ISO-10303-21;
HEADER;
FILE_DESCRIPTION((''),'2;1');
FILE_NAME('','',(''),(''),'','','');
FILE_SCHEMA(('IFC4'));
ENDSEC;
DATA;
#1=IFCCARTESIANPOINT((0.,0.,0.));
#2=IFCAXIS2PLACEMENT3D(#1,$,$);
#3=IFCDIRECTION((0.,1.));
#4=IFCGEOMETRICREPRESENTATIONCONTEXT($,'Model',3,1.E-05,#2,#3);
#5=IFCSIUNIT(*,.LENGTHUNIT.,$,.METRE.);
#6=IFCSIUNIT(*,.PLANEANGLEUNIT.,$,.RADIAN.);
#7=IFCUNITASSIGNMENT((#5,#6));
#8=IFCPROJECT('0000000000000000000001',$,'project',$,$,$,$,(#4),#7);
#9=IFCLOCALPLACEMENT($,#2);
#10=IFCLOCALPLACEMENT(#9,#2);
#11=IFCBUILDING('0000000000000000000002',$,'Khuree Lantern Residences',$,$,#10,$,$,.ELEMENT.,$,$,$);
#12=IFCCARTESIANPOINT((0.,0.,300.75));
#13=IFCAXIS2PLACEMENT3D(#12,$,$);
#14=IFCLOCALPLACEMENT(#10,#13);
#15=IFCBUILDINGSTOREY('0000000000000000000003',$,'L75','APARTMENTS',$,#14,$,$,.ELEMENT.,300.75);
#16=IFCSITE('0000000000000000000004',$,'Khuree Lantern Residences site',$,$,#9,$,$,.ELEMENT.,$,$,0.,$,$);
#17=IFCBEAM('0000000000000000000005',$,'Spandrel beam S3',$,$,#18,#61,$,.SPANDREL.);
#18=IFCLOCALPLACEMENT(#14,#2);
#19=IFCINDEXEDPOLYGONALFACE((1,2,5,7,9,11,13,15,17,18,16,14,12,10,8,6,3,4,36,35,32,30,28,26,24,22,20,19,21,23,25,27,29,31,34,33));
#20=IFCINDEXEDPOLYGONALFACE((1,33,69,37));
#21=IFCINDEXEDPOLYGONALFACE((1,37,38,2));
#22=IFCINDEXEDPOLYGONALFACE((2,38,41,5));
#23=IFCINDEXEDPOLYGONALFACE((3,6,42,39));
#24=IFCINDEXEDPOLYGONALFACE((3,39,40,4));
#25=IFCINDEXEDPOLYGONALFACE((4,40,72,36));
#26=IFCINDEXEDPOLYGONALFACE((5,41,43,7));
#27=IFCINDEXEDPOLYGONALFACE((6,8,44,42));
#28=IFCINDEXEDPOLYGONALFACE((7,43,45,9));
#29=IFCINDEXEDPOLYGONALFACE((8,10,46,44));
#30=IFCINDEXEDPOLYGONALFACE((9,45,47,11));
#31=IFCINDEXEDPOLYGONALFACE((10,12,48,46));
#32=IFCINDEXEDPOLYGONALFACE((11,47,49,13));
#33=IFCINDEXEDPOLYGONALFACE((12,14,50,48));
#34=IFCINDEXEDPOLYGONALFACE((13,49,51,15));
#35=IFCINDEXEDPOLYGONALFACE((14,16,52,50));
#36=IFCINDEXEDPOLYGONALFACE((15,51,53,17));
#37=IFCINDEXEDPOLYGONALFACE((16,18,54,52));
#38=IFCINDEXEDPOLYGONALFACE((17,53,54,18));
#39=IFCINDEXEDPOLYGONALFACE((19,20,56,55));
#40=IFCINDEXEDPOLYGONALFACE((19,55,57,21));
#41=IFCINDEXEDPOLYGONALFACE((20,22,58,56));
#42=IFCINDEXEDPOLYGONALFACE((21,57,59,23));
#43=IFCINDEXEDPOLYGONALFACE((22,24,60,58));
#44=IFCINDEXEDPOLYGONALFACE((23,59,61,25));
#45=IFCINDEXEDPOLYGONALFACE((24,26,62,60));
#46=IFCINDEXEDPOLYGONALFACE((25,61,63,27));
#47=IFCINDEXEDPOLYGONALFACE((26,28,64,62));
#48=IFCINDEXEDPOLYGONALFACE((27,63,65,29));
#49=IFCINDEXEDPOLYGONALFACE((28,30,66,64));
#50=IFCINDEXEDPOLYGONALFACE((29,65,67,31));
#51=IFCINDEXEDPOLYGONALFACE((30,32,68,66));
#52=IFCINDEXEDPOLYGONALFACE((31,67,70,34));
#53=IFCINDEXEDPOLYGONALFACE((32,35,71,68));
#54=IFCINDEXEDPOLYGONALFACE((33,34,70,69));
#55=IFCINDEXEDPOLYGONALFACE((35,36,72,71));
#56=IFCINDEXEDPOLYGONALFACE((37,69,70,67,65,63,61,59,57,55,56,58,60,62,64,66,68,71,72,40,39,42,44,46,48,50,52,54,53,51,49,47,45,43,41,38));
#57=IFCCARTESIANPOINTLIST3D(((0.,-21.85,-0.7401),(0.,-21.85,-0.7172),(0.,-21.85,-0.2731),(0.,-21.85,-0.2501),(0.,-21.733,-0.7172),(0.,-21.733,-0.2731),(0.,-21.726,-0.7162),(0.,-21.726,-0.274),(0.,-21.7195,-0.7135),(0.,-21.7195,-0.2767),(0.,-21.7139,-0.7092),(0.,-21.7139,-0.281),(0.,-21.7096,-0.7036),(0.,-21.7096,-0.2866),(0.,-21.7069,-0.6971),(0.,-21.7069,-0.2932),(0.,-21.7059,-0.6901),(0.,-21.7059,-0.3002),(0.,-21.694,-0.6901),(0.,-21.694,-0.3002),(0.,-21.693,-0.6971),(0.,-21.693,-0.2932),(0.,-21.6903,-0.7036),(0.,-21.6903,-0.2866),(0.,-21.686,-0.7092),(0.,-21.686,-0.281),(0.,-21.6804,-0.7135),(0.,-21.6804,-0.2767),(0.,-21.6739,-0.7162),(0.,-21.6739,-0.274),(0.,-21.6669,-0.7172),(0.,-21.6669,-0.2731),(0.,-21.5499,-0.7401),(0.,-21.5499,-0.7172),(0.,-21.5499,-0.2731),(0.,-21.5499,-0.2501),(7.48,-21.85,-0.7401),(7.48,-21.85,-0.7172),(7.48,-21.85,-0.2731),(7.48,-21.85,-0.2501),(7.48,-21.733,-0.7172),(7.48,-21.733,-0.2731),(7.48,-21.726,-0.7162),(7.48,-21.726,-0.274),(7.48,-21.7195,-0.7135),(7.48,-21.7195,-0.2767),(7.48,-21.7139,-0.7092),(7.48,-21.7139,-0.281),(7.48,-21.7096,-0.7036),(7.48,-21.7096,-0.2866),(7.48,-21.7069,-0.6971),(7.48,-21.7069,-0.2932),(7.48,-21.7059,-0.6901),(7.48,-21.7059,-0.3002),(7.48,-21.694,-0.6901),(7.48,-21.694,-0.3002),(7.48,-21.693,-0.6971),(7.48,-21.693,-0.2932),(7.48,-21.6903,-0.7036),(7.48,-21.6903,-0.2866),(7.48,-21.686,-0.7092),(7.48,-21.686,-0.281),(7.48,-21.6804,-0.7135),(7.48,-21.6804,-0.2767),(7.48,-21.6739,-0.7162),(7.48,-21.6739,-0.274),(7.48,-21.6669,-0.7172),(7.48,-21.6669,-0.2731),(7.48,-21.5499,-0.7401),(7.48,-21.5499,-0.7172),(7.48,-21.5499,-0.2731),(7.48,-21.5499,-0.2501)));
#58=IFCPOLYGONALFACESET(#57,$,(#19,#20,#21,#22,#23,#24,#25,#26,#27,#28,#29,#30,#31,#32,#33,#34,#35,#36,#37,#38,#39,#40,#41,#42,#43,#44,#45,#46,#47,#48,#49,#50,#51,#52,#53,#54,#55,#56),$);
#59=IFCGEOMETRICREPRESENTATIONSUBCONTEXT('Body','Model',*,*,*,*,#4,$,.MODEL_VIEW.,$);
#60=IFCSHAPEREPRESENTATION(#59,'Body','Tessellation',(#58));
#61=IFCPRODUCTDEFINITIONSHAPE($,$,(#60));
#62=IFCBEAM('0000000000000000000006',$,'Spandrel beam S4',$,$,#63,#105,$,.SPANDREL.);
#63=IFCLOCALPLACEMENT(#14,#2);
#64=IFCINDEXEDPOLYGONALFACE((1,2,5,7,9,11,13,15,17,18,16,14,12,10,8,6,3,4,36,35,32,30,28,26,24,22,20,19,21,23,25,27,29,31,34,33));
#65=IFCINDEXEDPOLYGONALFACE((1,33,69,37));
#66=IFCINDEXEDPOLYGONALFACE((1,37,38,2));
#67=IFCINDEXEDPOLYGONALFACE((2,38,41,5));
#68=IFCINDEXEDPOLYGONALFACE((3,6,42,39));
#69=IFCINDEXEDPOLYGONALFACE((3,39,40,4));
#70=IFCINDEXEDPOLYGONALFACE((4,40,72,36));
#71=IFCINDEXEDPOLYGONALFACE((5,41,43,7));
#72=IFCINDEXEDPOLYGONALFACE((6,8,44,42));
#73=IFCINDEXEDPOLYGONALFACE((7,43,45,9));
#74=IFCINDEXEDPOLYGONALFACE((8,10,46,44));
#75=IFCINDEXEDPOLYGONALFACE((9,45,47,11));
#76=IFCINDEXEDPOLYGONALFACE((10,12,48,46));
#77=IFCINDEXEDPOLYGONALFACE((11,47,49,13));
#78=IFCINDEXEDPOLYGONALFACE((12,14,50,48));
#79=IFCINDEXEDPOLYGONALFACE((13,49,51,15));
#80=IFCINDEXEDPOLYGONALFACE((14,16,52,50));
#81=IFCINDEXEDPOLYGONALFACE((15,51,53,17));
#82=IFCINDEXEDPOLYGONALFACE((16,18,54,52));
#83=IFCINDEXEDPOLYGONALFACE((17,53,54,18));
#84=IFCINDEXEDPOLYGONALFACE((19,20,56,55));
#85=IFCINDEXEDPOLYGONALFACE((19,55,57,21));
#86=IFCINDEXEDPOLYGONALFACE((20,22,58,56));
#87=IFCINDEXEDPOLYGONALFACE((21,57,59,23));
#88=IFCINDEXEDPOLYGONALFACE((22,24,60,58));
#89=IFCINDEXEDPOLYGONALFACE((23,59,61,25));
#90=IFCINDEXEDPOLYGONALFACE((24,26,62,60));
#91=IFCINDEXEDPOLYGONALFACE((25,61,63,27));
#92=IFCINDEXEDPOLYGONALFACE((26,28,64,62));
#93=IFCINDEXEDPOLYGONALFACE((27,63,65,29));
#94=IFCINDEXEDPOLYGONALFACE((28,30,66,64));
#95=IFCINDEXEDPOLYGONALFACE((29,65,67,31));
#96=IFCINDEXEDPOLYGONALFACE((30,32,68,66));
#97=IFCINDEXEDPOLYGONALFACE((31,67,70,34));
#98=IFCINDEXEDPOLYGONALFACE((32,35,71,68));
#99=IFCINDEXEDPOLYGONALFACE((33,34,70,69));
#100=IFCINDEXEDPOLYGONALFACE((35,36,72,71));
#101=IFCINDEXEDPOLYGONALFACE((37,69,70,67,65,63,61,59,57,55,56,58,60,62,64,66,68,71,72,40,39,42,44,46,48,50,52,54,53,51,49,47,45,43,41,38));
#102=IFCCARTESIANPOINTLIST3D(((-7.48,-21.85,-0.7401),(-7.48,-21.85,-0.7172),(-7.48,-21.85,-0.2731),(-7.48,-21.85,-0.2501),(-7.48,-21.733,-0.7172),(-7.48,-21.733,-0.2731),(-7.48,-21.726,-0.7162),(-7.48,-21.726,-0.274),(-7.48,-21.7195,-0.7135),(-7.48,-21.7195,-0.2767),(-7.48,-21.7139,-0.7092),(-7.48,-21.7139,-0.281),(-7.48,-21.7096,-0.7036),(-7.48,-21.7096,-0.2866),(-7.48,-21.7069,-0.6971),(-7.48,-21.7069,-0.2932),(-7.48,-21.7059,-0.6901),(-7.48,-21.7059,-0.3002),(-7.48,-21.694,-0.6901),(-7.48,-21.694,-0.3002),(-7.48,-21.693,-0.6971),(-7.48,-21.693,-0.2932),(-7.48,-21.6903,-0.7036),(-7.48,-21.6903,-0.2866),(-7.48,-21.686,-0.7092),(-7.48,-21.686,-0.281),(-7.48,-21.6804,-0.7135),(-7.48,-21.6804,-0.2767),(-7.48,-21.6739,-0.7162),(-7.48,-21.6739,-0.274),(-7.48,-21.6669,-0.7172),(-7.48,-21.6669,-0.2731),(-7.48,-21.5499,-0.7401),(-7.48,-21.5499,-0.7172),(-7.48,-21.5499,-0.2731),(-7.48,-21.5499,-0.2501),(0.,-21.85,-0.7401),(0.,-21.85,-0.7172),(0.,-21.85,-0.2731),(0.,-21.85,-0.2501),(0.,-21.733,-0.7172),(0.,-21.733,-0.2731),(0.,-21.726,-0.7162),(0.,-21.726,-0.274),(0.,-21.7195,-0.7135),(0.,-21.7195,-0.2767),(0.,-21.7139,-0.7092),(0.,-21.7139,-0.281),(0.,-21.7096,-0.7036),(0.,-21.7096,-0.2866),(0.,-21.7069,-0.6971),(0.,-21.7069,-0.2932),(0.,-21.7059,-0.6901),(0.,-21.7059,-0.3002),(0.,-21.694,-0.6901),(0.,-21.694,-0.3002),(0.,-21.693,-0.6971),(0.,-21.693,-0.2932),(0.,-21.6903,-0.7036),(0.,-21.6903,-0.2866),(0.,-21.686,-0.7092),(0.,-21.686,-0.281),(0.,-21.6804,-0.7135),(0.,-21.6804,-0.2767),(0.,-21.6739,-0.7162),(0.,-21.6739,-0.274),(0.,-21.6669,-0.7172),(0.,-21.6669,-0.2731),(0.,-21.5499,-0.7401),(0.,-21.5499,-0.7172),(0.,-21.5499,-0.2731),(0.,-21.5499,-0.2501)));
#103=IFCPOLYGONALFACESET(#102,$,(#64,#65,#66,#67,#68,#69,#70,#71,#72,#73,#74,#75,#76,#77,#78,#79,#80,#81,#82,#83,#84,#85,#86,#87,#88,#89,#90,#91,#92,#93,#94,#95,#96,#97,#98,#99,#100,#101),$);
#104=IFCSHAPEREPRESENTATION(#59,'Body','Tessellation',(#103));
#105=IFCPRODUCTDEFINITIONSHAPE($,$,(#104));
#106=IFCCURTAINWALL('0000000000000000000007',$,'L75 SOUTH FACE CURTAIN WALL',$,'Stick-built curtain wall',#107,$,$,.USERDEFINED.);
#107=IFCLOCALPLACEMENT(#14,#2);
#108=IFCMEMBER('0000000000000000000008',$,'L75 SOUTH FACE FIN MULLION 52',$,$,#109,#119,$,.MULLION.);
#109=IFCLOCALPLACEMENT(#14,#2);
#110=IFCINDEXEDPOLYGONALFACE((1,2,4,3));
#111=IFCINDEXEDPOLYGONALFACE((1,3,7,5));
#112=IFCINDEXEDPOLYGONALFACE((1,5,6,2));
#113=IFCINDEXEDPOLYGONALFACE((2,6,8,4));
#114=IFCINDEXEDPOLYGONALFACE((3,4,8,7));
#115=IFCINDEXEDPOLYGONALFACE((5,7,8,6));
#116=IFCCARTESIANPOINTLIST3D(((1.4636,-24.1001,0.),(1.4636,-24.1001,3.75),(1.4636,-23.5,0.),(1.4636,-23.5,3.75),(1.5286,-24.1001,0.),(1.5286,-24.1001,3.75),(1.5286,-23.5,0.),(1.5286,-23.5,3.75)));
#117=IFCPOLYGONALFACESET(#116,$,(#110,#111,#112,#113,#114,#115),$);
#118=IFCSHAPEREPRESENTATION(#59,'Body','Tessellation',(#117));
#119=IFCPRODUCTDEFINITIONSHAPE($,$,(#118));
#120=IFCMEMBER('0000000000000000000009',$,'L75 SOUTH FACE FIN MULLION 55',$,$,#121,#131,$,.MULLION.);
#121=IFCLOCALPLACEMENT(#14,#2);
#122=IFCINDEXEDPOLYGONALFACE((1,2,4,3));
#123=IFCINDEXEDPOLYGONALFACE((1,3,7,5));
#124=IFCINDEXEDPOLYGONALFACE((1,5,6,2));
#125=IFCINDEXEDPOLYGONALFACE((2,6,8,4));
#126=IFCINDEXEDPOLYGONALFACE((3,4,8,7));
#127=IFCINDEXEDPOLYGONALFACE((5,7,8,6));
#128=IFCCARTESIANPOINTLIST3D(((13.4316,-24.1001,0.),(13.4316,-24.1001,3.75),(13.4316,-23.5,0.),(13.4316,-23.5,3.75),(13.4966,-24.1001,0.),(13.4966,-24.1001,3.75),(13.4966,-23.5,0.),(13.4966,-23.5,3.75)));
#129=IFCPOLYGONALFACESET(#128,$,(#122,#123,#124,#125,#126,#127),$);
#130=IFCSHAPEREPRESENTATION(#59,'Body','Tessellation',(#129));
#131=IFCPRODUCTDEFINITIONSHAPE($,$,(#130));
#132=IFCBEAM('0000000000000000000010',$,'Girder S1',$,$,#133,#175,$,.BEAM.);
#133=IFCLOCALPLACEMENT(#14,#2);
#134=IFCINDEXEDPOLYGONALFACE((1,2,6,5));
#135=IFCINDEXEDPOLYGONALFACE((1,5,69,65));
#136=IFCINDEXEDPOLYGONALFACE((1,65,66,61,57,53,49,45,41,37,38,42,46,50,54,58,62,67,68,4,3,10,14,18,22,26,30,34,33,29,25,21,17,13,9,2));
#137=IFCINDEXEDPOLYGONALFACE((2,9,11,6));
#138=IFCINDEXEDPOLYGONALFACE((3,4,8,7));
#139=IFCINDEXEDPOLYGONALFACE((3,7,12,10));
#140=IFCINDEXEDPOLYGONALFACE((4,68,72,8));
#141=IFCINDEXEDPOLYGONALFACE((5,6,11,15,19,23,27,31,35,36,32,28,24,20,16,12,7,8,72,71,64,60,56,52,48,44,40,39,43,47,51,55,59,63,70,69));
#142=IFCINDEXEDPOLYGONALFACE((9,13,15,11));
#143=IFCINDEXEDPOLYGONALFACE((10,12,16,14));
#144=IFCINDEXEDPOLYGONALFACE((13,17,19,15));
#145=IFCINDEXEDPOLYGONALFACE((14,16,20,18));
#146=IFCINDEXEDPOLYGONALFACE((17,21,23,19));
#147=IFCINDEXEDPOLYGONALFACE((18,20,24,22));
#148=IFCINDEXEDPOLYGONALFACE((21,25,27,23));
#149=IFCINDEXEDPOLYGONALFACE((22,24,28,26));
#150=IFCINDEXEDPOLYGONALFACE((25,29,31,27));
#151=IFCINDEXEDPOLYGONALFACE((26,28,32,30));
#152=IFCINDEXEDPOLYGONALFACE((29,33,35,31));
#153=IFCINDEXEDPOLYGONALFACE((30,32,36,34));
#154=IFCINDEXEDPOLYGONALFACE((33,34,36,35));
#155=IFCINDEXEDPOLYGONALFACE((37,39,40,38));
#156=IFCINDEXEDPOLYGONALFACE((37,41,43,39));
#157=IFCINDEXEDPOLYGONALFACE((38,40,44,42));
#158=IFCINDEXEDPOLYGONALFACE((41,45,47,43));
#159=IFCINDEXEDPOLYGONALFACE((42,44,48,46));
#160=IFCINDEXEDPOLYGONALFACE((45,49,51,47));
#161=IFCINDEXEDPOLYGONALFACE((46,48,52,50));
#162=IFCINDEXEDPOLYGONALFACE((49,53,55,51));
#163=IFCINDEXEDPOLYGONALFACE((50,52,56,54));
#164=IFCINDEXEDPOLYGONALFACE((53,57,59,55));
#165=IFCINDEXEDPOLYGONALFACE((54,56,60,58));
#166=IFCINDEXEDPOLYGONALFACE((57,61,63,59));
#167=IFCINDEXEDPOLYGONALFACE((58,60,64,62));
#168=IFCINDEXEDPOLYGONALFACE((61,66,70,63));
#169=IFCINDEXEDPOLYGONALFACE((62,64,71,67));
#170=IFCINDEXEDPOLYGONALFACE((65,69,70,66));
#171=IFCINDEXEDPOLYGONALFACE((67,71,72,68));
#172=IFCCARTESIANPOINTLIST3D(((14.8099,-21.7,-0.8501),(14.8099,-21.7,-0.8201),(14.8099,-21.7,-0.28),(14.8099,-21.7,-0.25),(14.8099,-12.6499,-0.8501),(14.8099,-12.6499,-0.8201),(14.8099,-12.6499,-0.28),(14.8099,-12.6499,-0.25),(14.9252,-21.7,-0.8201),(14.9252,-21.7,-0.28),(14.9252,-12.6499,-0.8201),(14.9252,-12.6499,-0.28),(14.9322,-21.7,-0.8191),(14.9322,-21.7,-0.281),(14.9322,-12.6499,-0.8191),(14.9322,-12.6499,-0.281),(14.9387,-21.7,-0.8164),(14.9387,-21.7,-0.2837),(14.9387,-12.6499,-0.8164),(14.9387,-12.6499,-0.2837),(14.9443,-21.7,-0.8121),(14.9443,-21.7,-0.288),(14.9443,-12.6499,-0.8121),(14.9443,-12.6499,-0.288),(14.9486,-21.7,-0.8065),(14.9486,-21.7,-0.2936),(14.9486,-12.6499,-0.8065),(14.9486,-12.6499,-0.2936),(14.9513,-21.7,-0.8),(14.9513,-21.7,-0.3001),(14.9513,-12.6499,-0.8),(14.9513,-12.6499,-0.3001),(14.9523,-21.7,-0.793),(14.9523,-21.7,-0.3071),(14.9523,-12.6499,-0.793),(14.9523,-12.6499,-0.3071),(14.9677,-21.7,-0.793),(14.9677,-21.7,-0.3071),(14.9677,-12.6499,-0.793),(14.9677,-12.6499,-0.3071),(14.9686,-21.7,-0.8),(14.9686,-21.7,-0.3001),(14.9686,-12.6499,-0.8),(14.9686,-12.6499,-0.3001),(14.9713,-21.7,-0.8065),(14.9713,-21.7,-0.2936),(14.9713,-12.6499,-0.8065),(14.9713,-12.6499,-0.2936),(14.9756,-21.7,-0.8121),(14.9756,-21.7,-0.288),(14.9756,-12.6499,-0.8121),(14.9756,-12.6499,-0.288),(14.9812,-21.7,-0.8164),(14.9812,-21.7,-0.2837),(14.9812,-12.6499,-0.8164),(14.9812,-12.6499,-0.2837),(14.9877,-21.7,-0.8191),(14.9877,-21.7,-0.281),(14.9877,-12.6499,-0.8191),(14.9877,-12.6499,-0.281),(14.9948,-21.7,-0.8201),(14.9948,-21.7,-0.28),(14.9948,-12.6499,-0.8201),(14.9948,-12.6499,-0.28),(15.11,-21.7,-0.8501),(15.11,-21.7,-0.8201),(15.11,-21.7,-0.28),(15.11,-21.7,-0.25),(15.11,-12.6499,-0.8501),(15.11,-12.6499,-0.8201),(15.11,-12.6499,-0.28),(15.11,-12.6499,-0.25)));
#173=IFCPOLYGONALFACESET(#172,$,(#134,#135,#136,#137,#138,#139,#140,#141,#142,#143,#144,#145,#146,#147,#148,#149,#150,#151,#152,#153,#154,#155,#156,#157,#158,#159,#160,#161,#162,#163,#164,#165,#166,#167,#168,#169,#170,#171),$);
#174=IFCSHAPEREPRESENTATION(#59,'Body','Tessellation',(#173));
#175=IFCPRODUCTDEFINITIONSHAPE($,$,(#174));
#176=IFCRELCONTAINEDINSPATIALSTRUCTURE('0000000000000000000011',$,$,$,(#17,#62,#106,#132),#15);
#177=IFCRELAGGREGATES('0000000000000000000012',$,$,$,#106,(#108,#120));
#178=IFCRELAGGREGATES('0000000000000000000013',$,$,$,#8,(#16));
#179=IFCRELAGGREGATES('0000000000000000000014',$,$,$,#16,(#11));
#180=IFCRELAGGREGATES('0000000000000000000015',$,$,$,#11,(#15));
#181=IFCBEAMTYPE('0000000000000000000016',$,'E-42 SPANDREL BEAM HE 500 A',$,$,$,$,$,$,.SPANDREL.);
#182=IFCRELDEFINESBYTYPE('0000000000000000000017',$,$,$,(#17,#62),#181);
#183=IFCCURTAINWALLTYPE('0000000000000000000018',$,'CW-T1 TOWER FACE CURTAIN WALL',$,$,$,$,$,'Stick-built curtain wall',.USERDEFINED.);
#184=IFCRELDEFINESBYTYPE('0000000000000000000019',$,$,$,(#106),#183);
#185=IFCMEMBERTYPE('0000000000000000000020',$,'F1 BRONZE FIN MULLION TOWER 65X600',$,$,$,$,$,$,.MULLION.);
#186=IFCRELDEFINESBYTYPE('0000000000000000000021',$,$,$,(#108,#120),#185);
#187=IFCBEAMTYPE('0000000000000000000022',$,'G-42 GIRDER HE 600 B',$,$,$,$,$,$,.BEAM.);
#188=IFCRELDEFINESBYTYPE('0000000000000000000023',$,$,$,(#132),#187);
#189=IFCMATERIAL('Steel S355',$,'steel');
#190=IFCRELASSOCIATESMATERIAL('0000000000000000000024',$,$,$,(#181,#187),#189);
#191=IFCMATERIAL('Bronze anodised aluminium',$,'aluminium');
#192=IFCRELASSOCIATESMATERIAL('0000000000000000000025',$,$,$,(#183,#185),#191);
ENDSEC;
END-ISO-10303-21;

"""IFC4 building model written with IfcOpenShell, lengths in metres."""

from ifc_helpers import new_model, si_unit, direction, frame, origin, origin_2d, place, context, subcontext, project, spatial, rectangle, i_section, extrude, material, material_profile, profile_set, type_object, element, aggregate, save


model = new_model("IFC4")

# Units and contexts
model_context = context("Model", 3, precision=1e-05, world=origin(), true_north=direction((0.0, 1.0)))
body_context = subcontext(model_context, "Body", "Model", "MODEL_VIEW")
ifc_project = project(units=[si_unit("LENGTHUNIT", "METRE"), si_unit("PLANEANGLEUNIT", "RADIAN")], contexts=[model_context])

# Site, building, storey
site_placement = place(None, origin())
site = spatial("IfcSite", under=ifc_project, at=site_placement, Name="Khuree Lantern Residences site", CompositionType="ELEMENT", RefElevation=0.0)
building_placement = place(site_placement, origin())
building = spatial("IfcBuilding", under=site, at=building_placement, Name="Khuree Lantern Residences", CompositionType="ELEMENT")
storey_placement = place(building_placement, frame((0.0, 0.0, 300.75)))
storey = spatial("IfcBuildingStorey", under=building, at=storey_placement, Name="L75", Description="APARTMENTS", CompositionType="ELEMENT", Elevation=300.75)

# Beams
ifc_material_1 = material(Name="Steel S355", Category="steel")
ifc_material_profile_1 = material_profile(ifc_material_1, i_section(OverallWidth=0.3, OverallDepth=0.49, WebThickness=0.012, FlangeThickness=0.0229, FilletRadius=0.0271, at=origin_2d()), Name="HE 500 A")
ifc_profile_set_1 = profile_set([ifc_material_profile_1], Name="Steel S355")
beam_type_1 = type_object("IfcBeamType", Name="E-42 SPANDREL BEAM HE 500 A", PredefinedType="SPANDREL", material=ifc_profile_set_1)
for number, where, z_axis, x_axis, name in (
    (1, (7.48, -21.7, -0.4951), (-1.0, 0.0, 0.0), (0.0, -1.0, 0.0), "Spandrel beam S3"),
    (2, (0.0, -21.7, -0.4951), (-1.0, 0.0, 0.0), (0.0, -1.0, 0.0), "Spandrel beam S4"),
):
    element("IfcBeam", number, at=place(storey_placement, frame(where, z_axis=z_axis, x_axis=x_axis)), inside=storey, type_object=beam_type_1, Name=name, PredefinedType="SPANDREL", context=body_context, shape_type="SweptSolid", body=[
        extrude(i_section(OverallWidth=0.3, OverallDepth=0.49, WebThickness=0.012, FlangeThickness=0.0229, FilletRadius=0.0271, at=origin_2d()), origin(), (0.0, 0.0, 1.0), 7.48),
    ])

# Curtain wall, members
ifc_material_2 = material(Name="Bronze anodised aluminium", Category="aluminium")
curtain_wall_type = type_object("IfcCurtainWallType", Name="CW-T1 TOWER FACE CURTAIN WALL", ElementType="Stick-built curtain wall", PredefinedType="USERDEFINED", material=ifc_material_2)
curtain_wall_placement = place(storey_placement, origin())
curtain_wall = element("IfcCurtainWall", 3, at=curtain_wall_placement, inside=storey, type_object=curtain_wall_type, Name="L75 SOUTH FACE CURTAIN WALL", ObjectType="Stick-built curtain wall", PredefinedType="USERDEFINED")
ifc_material_profile_2 = material_profile(ifc_material_2, rectangle(XDim=0.0649, YDim=0.6001, at=origin_2d()), Name="F1 65X600")
ifc_profile_set_2 = profile_set([ifc_material_profile_2], Name="Bronze anodised aluminium")
member_type_1 = type_object("IfcMemberType", Name="F1 BRONZE FIN MULLION TOWER 65X600", PredefinedType="MULLION", material=ifc_profile_set_2)
member_1_placement = place(storey_placement, frame((1.4961, -23.8, 0.0), z_axis=(0.0, 0.0, 1.0), x_axis=(1.0, 0.0, 0.0)))
member_1 = element("IfcMember", 4, at=member_1_placement, type_object=member_type_1, Name="L75 SOUTH FACE FIN MULLION 52", PredefinedType="MULLION", context=body_context, shape_type="SweptSolid", body=[
    extrude(rectangle(XDim=0.0649, YDim=0.6001, at=origin_2d()), origin(), (0.0, 0.0, 1.0), 3.75),
])
member_2_placement = place(storey_placement, frame((13.4641, -23.8, 0.0), z_axis=(0.0, 0.0, 1.0), x_axis=(1.0, 0.0, 0.0)))
member_2 = element("IfcMember", 5, at=member_2_placement, type_object=member_type_1, Name="L75 SOUTH FACE FIN MULLION 55", PredefinedType="MULLION", context=body_context, shape_type="SweptSolid", body=[
    extrude(rectangle(XDim=0.0649, YDim=0.6001, at=origin_2d()), origin(), (0.0, 0.0, 1.0), 3.75),
])

# Beam
ifc_material_profile_3 = material_profile(ifc_material_1, i_section(OverallWidth=0.3, OverallDepth=0.6001, WebThickness=0.0154, FlangeThickness=0.03, FilletRadius=0.0271, at=origin_2d()), Name="HE 600 B")
ifc_profile_set_3 = profile_set([ifc_material_profile_3], Name="Steel S355")
beam_type_2 = type_object("IfcBeamType", Name="G-42 GIRDER HE 600 B", PredefinedType="BEAM", material=ifc_profile_set_3)
for number, where, z_axis, x_axis, name in (
    (6, (14.96, -21.7, -0.55), (0.0, 1.0, 0.0), (-1.0, 0.0, 0.0), "Girder S1"),
):
    element("IfcBeam", number, at=place(storey_placement, frame(where, z_axis=z_axis, x_axis=x_axis)), inside=storey, type_object=beam_type_2, Name=name, PredefinedType="BEAM", context=body_context, shape_type="SweptSolid", body=[
        extrude(i_section(OverallWidth=0.3, OverallDepth=0.6001, WebThickness=0.0154, FlangeThickness=0.03, FilletRadius=0.0271, at=origin_2d()), origin(), (0.0, 0.0, 1.0), 9.05),
    ])

aggregate(curtain_wall, [member_1, member_2])

save(model, "model.ifc")
